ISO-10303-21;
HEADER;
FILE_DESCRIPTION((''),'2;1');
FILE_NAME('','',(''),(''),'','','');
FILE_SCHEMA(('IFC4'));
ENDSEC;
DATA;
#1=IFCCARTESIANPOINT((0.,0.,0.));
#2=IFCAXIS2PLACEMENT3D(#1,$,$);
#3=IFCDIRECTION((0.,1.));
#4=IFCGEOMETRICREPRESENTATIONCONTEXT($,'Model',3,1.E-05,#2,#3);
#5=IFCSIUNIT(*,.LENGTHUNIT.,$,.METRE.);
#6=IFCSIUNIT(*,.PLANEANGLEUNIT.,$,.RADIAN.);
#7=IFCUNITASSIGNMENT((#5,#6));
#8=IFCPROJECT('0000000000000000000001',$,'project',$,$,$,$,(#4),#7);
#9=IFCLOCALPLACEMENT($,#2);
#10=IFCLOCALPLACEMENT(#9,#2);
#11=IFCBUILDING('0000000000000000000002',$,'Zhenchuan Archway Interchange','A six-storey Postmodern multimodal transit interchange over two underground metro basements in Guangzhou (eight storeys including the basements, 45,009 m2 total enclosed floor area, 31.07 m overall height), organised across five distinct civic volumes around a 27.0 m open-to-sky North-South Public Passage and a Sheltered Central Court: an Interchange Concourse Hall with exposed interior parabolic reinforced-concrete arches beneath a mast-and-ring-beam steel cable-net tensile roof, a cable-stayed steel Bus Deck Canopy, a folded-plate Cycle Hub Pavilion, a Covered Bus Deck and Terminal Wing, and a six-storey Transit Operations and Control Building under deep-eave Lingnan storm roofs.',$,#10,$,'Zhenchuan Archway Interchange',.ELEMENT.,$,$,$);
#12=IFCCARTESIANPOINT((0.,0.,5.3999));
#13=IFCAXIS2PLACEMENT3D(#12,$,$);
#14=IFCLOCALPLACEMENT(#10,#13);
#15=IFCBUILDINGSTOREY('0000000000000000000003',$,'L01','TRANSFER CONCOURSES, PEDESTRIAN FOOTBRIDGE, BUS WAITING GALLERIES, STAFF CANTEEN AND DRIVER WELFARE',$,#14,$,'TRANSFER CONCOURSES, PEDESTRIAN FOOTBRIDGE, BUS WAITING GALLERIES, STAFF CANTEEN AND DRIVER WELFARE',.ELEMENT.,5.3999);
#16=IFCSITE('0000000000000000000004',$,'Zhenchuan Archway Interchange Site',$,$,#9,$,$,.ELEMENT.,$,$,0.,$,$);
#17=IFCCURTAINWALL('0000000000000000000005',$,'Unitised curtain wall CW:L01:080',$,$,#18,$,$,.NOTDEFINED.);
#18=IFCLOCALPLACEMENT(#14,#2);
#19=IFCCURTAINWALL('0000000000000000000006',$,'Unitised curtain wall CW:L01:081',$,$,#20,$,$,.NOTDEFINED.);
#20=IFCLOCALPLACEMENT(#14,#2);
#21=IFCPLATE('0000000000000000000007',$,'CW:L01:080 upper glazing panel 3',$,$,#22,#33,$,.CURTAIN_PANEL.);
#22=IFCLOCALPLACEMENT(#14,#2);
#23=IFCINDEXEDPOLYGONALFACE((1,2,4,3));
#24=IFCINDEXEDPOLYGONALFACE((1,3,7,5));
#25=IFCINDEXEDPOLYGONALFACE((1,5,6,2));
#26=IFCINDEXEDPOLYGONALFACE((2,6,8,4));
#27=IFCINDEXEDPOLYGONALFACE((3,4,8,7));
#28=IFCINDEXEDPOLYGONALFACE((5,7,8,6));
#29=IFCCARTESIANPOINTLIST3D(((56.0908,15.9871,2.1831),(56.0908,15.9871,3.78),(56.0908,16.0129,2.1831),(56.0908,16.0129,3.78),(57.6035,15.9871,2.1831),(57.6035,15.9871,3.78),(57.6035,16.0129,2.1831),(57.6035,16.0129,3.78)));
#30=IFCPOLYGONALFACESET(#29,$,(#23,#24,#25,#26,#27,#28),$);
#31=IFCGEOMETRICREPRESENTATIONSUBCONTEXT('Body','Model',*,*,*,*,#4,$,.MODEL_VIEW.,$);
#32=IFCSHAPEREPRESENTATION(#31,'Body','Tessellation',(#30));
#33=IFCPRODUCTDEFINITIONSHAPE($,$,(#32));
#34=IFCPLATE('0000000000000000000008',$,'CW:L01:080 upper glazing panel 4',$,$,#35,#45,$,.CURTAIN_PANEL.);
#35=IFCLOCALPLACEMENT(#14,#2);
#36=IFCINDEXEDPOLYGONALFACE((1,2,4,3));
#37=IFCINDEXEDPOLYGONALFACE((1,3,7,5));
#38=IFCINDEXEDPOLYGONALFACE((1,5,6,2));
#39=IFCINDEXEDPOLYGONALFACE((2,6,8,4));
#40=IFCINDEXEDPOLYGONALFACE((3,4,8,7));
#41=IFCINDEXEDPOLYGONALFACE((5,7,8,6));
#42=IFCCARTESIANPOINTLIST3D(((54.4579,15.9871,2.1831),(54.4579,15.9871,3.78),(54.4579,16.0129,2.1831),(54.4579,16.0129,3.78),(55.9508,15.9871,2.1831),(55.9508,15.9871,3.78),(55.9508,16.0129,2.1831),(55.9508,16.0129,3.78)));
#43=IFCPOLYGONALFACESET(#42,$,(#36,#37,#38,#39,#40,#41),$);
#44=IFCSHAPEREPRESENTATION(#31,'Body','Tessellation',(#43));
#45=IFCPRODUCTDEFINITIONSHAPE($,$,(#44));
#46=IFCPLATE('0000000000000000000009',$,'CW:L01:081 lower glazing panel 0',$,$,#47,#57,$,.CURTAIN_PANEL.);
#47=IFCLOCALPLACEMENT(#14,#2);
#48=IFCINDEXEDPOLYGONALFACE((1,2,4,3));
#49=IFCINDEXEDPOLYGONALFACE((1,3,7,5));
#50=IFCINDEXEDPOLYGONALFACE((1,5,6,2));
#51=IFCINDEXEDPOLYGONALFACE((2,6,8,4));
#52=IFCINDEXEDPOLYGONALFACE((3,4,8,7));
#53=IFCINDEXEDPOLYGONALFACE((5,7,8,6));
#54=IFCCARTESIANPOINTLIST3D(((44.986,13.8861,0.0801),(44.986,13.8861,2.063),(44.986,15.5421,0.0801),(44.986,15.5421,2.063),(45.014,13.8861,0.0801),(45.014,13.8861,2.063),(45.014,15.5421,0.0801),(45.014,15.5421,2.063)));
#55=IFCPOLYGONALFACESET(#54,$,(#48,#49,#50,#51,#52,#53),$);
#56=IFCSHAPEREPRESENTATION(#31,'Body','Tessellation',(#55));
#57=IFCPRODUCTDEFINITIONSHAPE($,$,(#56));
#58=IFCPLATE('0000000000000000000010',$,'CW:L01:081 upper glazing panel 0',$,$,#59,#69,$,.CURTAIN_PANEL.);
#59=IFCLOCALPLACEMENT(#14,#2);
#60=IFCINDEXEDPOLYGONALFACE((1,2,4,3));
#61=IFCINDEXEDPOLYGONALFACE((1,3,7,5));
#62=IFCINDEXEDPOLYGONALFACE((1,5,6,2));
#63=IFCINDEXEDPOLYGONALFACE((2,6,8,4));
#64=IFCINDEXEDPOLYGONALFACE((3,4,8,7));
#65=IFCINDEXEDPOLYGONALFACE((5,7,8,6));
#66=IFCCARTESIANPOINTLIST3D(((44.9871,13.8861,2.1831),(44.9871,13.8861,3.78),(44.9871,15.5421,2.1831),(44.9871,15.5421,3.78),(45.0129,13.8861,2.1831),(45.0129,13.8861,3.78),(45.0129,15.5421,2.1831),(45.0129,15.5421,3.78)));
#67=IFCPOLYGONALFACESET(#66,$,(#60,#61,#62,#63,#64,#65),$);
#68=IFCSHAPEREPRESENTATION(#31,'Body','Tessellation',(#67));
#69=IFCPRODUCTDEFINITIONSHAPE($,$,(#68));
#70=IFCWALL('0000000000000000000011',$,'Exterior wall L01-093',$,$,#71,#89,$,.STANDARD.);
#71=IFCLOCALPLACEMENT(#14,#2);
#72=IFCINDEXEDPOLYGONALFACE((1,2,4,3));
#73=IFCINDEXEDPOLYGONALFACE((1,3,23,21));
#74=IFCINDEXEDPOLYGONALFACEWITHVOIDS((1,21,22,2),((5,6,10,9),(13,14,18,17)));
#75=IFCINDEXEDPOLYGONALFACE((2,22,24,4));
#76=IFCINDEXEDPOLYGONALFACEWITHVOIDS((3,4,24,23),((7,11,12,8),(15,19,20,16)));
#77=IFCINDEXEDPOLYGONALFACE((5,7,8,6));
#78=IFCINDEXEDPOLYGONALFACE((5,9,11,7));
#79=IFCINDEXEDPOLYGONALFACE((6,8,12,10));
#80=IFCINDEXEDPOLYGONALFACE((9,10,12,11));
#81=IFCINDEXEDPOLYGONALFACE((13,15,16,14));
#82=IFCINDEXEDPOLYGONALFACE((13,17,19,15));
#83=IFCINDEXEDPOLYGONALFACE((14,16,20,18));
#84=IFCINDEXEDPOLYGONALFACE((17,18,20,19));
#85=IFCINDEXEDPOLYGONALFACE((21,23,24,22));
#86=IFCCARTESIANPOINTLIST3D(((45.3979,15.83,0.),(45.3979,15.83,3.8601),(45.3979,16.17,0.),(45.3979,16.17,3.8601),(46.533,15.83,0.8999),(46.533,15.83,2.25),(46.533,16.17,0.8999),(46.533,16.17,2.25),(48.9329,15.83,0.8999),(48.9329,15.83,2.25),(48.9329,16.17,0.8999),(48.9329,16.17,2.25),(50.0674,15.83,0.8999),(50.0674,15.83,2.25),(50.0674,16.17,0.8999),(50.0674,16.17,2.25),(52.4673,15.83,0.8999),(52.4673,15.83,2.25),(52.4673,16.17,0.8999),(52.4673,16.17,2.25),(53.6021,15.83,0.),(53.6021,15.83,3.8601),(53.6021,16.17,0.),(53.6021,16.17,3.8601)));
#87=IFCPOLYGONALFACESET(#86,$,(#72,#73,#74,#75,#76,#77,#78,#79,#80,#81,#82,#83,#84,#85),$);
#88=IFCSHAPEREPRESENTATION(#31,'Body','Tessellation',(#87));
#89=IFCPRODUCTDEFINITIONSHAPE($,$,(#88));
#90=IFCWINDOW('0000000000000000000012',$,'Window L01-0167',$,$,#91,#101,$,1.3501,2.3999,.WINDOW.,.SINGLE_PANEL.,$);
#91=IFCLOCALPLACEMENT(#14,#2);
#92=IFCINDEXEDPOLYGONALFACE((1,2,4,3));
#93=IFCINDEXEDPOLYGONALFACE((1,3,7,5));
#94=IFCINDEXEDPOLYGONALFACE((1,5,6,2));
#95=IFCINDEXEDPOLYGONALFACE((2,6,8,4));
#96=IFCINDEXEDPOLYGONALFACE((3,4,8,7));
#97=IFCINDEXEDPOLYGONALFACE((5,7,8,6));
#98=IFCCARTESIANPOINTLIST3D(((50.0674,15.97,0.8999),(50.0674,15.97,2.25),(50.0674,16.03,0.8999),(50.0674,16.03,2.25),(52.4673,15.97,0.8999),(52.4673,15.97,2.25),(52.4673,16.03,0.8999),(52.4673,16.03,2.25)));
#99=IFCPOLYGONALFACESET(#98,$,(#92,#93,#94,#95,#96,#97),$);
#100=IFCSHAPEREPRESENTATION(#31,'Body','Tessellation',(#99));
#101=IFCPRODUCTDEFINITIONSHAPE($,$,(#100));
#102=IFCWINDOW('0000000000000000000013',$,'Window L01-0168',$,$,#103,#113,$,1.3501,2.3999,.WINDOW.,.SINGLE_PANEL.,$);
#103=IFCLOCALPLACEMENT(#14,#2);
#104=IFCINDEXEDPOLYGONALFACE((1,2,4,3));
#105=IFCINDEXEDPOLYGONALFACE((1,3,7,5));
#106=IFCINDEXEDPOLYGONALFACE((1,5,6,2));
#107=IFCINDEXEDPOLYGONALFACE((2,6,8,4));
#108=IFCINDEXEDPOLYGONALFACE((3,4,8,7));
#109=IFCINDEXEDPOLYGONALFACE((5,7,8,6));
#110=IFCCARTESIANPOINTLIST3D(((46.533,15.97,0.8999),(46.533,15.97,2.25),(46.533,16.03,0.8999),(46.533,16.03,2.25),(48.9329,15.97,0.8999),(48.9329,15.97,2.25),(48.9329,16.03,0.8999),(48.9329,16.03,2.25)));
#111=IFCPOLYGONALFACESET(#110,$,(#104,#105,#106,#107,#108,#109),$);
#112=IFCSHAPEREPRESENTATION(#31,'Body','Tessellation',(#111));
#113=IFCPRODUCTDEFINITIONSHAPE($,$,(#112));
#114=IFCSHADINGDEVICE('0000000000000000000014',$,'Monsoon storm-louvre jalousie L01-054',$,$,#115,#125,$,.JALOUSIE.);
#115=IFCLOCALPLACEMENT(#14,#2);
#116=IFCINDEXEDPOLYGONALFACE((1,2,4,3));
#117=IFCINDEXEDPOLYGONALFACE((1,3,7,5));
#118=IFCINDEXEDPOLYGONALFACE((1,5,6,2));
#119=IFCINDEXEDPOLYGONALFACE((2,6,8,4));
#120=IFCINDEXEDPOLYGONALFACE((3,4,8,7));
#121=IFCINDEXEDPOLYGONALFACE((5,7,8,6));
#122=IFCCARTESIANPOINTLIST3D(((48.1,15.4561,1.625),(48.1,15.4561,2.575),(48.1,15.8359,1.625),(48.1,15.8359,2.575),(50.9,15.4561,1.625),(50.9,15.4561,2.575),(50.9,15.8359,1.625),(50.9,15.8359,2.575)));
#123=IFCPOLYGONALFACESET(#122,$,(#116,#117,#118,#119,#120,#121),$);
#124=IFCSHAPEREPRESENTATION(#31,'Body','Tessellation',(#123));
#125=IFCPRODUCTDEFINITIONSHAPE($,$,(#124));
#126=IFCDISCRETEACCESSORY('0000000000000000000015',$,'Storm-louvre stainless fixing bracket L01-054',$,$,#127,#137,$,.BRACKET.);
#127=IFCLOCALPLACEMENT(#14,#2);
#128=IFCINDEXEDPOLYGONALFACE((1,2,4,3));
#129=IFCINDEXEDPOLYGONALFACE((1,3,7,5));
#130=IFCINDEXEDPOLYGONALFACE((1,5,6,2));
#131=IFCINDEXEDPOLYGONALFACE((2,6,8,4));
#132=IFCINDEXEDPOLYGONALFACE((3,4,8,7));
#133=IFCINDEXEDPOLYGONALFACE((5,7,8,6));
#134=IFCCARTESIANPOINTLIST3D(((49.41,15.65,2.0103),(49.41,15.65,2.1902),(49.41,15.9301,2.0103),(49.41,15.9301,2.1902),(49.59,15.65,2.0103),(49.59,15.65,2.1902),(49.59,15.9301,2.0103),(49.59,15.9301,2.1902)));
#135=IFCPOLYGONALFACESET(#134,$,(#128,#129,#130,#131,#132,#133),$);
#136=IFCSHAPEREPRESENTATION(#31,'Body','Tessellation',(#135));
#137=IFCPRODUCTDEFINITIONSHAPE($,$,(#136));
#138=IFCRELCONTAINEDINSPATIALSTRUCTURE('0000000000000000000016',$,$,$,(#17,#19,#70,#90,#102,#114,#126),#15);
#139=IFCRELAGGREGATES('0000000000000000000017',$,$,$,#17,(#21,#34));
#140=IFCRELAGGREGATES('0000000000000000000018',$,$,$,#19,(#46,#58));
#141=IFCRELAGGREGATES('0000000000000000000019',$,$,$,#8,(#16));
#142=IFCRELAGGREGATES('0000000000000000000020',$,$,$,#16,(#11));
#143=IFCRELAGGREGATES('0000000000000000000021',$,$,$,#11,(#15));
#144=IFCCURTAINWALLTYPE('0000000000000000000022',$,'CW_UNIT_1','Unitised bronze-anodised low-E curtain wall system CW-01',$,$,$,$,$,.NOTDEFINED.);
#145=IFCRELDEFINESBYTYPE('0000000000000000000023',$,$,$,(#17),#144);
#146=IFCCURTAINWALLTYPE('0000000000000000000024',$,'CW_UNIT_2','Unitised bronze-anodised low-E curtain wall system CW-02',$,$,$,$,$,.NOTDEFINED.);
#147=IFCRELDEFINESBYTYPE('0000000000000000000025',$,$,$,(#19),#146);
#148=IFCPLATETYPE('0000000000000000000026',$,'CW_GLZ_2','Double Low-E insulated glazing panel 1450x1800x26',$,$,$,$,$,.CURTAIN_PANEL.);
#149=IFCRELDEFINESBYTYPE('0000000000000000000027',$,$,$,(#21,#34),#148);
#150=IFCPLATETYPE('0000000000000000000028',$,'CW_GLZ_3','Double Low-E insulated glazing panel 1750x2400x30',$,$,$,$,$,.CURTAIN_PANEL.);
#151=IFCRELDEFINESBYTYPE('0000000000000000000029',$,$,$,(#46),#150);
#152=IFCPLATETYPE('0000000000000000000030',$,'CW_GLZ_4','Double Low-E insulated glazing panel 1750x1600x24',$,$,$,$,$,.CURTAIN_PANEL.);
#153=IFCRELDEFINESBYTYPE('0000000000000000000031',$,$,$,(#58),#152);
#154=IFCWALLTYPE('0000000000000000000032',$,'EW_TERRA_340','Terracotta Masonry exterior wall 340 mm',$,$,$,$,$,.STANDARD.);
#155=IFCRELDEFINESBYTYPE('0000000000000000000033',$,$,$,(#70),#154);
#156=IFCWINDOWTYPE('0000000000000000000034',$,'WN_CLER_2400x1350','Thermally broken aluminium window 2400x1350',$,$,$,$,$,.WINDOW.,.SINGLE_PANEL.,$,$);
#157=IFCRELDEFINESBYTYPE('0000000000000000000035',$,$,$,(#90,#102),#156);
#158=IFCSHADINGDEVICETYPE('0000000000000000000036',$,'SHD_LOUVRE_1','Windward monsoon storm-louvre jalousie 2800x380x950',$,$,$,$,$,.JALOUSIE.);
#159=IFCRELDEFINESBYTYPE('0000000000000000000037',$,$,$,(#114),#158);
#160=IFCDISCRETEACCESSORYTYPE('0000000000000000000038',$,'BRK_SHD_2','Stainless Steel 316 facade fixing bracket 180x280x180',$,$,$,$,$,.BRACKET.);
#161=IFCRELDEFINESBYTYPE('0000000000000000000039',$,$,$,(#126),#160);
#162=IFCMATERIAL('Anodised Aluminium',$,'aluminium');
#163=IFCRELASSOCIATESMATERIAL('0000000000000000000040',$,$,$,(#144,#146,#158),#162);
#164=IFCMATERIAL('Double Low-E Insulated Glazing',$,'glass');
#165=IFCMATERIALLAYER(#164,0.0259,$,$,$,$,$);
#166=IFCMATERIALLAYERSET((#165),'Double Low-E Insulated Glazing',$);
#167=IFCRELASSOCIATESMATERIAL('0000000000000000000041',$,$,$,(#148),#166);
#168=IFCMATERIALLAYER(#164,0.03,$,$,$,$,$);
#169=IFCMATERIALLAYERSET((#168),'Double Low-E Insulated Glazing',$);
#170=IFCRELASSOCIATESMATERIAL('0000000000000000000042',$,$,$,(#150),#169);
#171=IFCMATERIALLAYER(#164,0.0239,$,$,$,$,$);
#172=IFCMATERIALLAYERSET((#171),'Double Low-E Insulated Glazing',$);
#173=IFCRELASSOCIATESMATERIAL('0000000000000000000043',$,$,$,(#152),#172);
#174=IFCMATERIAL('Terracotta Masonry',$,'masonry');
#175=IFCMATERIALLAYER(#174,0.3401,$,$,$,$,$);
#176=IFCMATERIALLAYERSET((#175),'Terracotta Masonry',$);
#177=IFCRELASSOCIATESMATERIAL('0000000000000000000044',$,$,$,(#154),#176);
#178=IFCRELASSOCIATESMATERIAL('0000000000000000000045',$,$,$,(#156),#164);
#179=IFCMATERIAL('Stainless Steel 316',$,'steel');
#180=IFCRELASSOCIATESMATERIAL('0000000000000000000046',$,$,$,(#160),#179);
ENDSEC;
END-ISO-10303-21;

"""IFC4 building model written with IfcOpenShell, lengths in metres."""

from ifc_helpers import new_model, si_unit, direction, frame, frame_2d, origin, origin_2d, place, context, subcontext, project, spatial, rectangle, extrude, material, layer, layer_set, type_object, element, fill, aggregate, save


model = new_model("IFC4")

# Units and contexts
model_context = context("Model", 3, precision=1e-05, world=origin(), true_north=direction((0.0, 1.0)))
body_context = subcontext(model_context, "Body", "Model", "MODEL_VIEW")
ifc_project = project(units=[si_unit("LENGTHUNIT", "METRE"), si_unit("PLANEANGLEUNIT", "RADIAN")], contexts=[model_context])

# Site, building, storey
site_placement = place(None, origin())
site = spatial("IfcSite", under=ifc_project, at=site_placement, Name="Zhenchuan Archway Interchange Site", CompositionType="ELEMENT", RefElevation=0.0)
building_placement = place(site_placement, origin())
building = spatial("IfcBuilding", under=site, at=building_placement, Name="Zhenchuan Archway Interchange", Description="A six-storey Postmodern multimodal transit interchange over two underground metro basements in Guangzhou (eight storeys including the basements, 45,009 m2 total enclosed floor area, 31.07 m overall height), organised across five distinct civic volumes around a 27.0 m open-to-sky North-South Public Passage and a Sheltered Central Court: an Interchange Concourse Hall with exposed interior parabolic reinforced-concrete arches beneath a mast-and-ring-beam steel cable-net tensile roof, a cable-stayed steel Bus Deck Canopy, a folded-plate Cycle Hub Pavilion, a Covered Bus Deck and Terminal Wing, and a six-storey Transit Operations and Control Building under deep-eave Lingnan storm roofs.", LongName="Zhenchuan Archway Interchange", CompositionType="ELEMENT")
storey_placement = place(building_placement, frame((0.0, 0.0, 5.3999)))
storey = spatial("IfcBuildingStorey", under=building, at=storey_placement, Name="L01", Description="TRANSFER CONCOURSES, PEDESTRIAN FOOTBRIDGE, BUS WAITING GALLERIES, STAFF CANTEEN AND DRIVER WELFARE", LongName="TRANSFER CONCOURSES, PEDESTRIAN FOOTBRIDGE, BUS WAITING GALLERIES, STAFF CANTEEN AND DRIVER WELFARE", CompositionType="ELEMENT", Elevation=5.3999)

# Curtain walls
ifc_material_1 = material(Name="Anodised Aluminium", Category="aluminium")
curtain_wall_type_1 = type_object("IfcCurtainWallType", Name="CW_UNIT_1", Description="Unitised bronze-anodised low-E curtain wall system CW-01", PredefinedType="NOTDEFINED", material=ifc_material_1)
curtain_wall_1_placement = place(storey_placement, origin())
curtain_wall_1 = element("IfcCurtainWall", 1, at=curtain_wall_1_placement, inside=storey, type_object=curtain_wall_type_1, Name="Unitised curtain wall CW:L01:080", PredefinedType="NOTDEFINED")
curtain_wall_type_2 = type_object("IfcCurtainWallType", Name="CW_UNIT_2", Description="Unitised bronze-anodised low-E curtain wall system CW-02", PredefinedType="NOTDEFINED", material=ifc_material_1)
curtain_wall_2_placement = place(storey_placement, origin())
curtain_wall_2 = element("IfcCurtainWall", 2, at=curtain_wall_2_placement, inside=storey, type_object=curtain_wall_type_2, Name="Unitised curtain wall CW:L01:081", PredefinedType="NOTDEFINED")

# Plates
ifc_material_2 = material(Name="Double Low-E Insulated Glazing", Category="glass")
ifc_layer_1 = layer(ifc_material_2, 0.0259)
ifc_layer_set_1 = layer_set([ifc_layer_1], Name="Double Low-E Insulated Glazing")
plate_type_1 = type_object("IfcPlateType", Name="CW_GLZ_2", Description="Double Low-E insulated glazing panel 1450x1800x26", PredefinedType="CURTAIN_PANEL", material=ifc_layer_set_1)
plate_1_placement = place(storey_placement, frame((56.8472, 16.0, 2.1831), z_axis=(0.0, 0.0, 1.0), x_axis=(-1.0, 0.0, 0.0)))
plate_1 = element("IfcPlate", 3, at=plate_1_placement, type_object=plate_type_1, Name="CW:L01:080 upper glazing panel 3", PredefinedType="CURTAIN_PANEL", context=body_context, shape_type="SweptSolid", body=[
    extrude(rectangle(XDim=1.5127, YDim=0.0259, at=origin_2d()), origin(), (0.0, 0.0, 1.0), 1.5969),
])
plate_2_placement = place(storey_placement, frame((55.2043, 16.0, 2.1831), z_axis=(0.0, 0.0, 1.0), x_axis=(-1.0, 0.0, 0.0)))
plate_2 = element("IfcPlate", 4, at=plate_2_placement, type_object=plate_type_1, Name="CW:L01:080 upper glazing panel 4", PredefinedType="CURTAIN_PANEL", context=body_context, shape_type="SweptSolid", body=[
    extrude(rectangle(XDim=1.4929, YDim=0.0259, at=origin_2d()), origin(), (0.0, 0.0, 1.0), 1.5969),
])
aggregate(curtain_wall_1, [plate_1, plate_2])
ifc_layer_2 = layer(ifc_material_2, 0.03)
ifc_layer_set_2 = layer_set([ifc_layer_2], Name="Double Low-E Insulated Glazing")
plate_type_2 = type_object("IfcPlateType", Name="CW_GLZ_3", Description="Double Low-E insulated glazing panel 1750x2400x30", PredefinedType="CURTAIN_PANEL", material=ifc_layer_set_2)
plate_3_placement = place(storey_placement, frame((45.0, 14.7141, 0.0801), z_axis=(0.0, 0.0, 1.0), x_axis=(0.0, -1.0, 0.0)))
plate_3 = element("IfcPlate", 5, at=plate_3_placement, type_object=plate_type_2, Name="CW:L01:081 lower glazing panel 0", PredefinedType="CURTAIN_PANEL", context=body_context, shape_type="SweptSolid", body=[
    extrude(rectangle(XDim=1.656, YDim=0.0281, at=origin_2d()), origin(), (0.0, 0.0, 1.0), 1.9829),
])
ifc_layer_3 = layer(ifc_material_2, 0.0239)
ifc_layer_set_3 = layer_set([ifc_layer_3], Name="Double Low-E Insulated Glazing")
plate_type_3 = type_object("IfcPlateType", Name="CW_GLZ_4", Description="Double Low-E insulated glazing panel 1750x1600x24", PredefinedType="CURTAIN_PANEL", material=ifc_layer_set_3)
plate_4_placement = place(storey_placement, frame((45.0, 14.7141, 2.1831), z_axis=(0.0, 0.0, 1.0), x_axis=(0.0, -1.0, 0.0)))
plate_4 = element("IfcPlate", 6, at=plate_4_placement, type_object=plate_type_3, Name="CW:L01:081 upper glazing panel 0", PredefinedType="CURTAIN_PANEL", context=body_context, shape_type="SweptSolid", body=[
    extrude(rectangle(XDim=1.656, YDim=0.0259, at=origin_2d()), origin(), (0.0, 0.0, 1.0), 1.5969),
])
aggregate(curtain_wall_2, [plate_3, plate_4])

# Wall, openings, windows
ifc_material_3 = material(Name="Terracotta Masonry", Category="masonry")
ifc_layer_4 = layer(ifc_material_3, 0.3401)
ifc_layer_set_4 = layer_set([ifc_layer_4], Name="Terracotta Masonry")
wall_type = type_object("IfcWallType", Name="EW_TERRA_340", Description="Terracotta Masonry exterior wall 340 mm", PredefinedType="STANDARD", material=ifc_layer_set_4)
wall_placement = place(storey_placement, frame((53.6021, 16.0, 0.0), z_axis=(0.0, 0.0, 1.0), x_axis=(-1.0, 0.0, 0.0)))
wall = element("IfcWall", 7, at=wall_placement, inside=storey, type_object=wall_type, Name="Exterior wall L01-093", PredefinedType="STANDARD", context=body_context, shape_type="SweptSolid", body=[
    extrude(rectangle(XDim=8.2041, YDim=0.3401, at=frame_2d((4.1021, 0.0))), origin(), (0.0, 0.0, 1.0), 3.8601),
])
opening_1_placement = place(wall_placement, frame((1.1348, 0.0, 0.8999)))
opening_1 = element("IfcOpeningElement", 8, at=opening_1_placement, cuts=wall, PredefinedType="OPENING", context=body_context, shape_type="SweptSolid", body=[
    extrude(rectangle(XDim=2.3999, YDim=1.3501, at=frame_2d((1.2, 0.675))), frame((0.0, 0.1821, 0.0), z_axis=(0.0, -1.0, 0.0), x_axis=(1.0, 0.0, 0.0)), (0.0, 0.0, 1.0), 0.364),
])
opening_2_placement = place(wall_placement, frame((4.6692, 0.0, 0.8999)))
opening_2 = element("IfcOpeningElement", 9, at=opening_2_placement, cuts=wall, PredefinedType="OPENING", context=body_context, shape_type="SweptSolid", body=[
    extrude(rectangle(XDim=2.3999, YDim=1.3501, at=frame_2d((1.2, 0.675))), frame((0.0, 0.1821, 0.0), z_axis=(0.0, -1.0, 0.0), x_axis=(1.0, 0.0, 0.0)), (0.0, 0.0, 1.0), 0.364),
])
window_type = type_object("IfcWindowType", Name="WN_CLER_2400x1350", Description="Thermally broken aluminium window 2400x1350", PartitioningType="SINGLE_PANEL", PredefinedType="WINDOW", material=ifc_material_2)
window_1_placement = place(opening_1_placement, origin())
window_1 = element("IfcWindow", 10, at=window_1_placement, inside=storey, type_object=window_type, Name="Window L01-0167", OverallHeight=1.3501, OverallWidth=2.3999, PartitioningType="SINGLE_PANEL", PredefinedType="WINDOW", context=body_context, shape_type="SweptSolid", body=[
    extrude(rectangle(XDim=2.3999, YDim=1.3501, at=frame_2d((1.2, 0.675))), frame((0.0, 0.03, 0.0), z_axis=(0.0, -1.0, 0.0), x_axis=(1.0, 0.0, 0.0)), (0.0, 0.0, 1.0), 0.0601),
])
fill(opening_1, window_1)
window_2_placement = place(opening_2_placement, origin())
window_2 = element("IfcWindow", 11, at=window_2_placement, inside=storey, type_object=window_type, Name="Window L01-0168", OverallHeight=1.3501, OverallWidth=2.3999, PartitioningType="SINGLE_PANEL", PredefinedType="WINDOW", context=body_context, shape_type="SweptSolid", body=[
    extrude(rectangle(XDim=2.3999, YDim=1.3501, at=frame_2d((1.2, 0.675))), frame((0.0, 0.03, 0.0), z_axis=(0.0, -1.0, 0.0), x_axis=(1.0, 0.0, 0.0)), (0.0, 0.0, 1.0), 0.0601),
])
fill(opening_2, window_2)

# Shading device
shading_device_type = type_object("IfcShadingDeviceType", Name="SHD_LOUVRE_1", Description="Windward monsoon storm-louvre jalousie 2800x380x950", PredefinedType="JALOUSIE", material=ifc_material_1)
shading_device_placement = place(storey_placement, frame((49.5, 15.646, 1.625), z_axis=(0.0, 0.0, 1.0), x_axis=(-1.0, 0.0, 0.0)))
element("IfcShadingDevice", 12, at=shading_device_placement, inside=storey, type_object=shading_device_type, Name="Monsoon storm-louvre jalousie L01-054", PredefinedType="JALOUSIE", context=body_context, shape_type="SweptSolid", body=[
    extrude(rectangle(XDim=2.8, YDim=0.3799, at=origin_2d()), origin(), (0.0, 0.0, 1.0), 0.95),
])

# Discrete accessory
ifc_material_4 = material(Name="Stainless Steel 316", Category="steel")
discrete_accessory_type = type_object("IfcDiscreteAccessoryType", Name="BRK_SHD_2", Description="Stainless Steel 316 facade fixing bracket 180x280x180", PredefinedType="BRACKET", material=ifc_material_4)
discrete_accessory_placement = place(storey_placement, frame((49.5, 15.79, 2.0103), z_axis=(0.0, 0.0, 1.0), x_axis=(-1.0, 0.0, 0.0)))
element("IfcDiscreteAccessory", 13, at=discrete_accessory_placement, inside=storey, type_object=discrete_accessory_type, Name="Storm-louvre stainless fixing bracket L01-054", PredefinedType="BRACKET", context=body_context, shape_type="SweptSolid", body=[
    extrude(rectangle(XDim=0.1799, YDim=0.28, at=origin_2d()), origin(), (0.0, 0.0, 1.0), 0.1799),
])

save(model, "model.ifc")
